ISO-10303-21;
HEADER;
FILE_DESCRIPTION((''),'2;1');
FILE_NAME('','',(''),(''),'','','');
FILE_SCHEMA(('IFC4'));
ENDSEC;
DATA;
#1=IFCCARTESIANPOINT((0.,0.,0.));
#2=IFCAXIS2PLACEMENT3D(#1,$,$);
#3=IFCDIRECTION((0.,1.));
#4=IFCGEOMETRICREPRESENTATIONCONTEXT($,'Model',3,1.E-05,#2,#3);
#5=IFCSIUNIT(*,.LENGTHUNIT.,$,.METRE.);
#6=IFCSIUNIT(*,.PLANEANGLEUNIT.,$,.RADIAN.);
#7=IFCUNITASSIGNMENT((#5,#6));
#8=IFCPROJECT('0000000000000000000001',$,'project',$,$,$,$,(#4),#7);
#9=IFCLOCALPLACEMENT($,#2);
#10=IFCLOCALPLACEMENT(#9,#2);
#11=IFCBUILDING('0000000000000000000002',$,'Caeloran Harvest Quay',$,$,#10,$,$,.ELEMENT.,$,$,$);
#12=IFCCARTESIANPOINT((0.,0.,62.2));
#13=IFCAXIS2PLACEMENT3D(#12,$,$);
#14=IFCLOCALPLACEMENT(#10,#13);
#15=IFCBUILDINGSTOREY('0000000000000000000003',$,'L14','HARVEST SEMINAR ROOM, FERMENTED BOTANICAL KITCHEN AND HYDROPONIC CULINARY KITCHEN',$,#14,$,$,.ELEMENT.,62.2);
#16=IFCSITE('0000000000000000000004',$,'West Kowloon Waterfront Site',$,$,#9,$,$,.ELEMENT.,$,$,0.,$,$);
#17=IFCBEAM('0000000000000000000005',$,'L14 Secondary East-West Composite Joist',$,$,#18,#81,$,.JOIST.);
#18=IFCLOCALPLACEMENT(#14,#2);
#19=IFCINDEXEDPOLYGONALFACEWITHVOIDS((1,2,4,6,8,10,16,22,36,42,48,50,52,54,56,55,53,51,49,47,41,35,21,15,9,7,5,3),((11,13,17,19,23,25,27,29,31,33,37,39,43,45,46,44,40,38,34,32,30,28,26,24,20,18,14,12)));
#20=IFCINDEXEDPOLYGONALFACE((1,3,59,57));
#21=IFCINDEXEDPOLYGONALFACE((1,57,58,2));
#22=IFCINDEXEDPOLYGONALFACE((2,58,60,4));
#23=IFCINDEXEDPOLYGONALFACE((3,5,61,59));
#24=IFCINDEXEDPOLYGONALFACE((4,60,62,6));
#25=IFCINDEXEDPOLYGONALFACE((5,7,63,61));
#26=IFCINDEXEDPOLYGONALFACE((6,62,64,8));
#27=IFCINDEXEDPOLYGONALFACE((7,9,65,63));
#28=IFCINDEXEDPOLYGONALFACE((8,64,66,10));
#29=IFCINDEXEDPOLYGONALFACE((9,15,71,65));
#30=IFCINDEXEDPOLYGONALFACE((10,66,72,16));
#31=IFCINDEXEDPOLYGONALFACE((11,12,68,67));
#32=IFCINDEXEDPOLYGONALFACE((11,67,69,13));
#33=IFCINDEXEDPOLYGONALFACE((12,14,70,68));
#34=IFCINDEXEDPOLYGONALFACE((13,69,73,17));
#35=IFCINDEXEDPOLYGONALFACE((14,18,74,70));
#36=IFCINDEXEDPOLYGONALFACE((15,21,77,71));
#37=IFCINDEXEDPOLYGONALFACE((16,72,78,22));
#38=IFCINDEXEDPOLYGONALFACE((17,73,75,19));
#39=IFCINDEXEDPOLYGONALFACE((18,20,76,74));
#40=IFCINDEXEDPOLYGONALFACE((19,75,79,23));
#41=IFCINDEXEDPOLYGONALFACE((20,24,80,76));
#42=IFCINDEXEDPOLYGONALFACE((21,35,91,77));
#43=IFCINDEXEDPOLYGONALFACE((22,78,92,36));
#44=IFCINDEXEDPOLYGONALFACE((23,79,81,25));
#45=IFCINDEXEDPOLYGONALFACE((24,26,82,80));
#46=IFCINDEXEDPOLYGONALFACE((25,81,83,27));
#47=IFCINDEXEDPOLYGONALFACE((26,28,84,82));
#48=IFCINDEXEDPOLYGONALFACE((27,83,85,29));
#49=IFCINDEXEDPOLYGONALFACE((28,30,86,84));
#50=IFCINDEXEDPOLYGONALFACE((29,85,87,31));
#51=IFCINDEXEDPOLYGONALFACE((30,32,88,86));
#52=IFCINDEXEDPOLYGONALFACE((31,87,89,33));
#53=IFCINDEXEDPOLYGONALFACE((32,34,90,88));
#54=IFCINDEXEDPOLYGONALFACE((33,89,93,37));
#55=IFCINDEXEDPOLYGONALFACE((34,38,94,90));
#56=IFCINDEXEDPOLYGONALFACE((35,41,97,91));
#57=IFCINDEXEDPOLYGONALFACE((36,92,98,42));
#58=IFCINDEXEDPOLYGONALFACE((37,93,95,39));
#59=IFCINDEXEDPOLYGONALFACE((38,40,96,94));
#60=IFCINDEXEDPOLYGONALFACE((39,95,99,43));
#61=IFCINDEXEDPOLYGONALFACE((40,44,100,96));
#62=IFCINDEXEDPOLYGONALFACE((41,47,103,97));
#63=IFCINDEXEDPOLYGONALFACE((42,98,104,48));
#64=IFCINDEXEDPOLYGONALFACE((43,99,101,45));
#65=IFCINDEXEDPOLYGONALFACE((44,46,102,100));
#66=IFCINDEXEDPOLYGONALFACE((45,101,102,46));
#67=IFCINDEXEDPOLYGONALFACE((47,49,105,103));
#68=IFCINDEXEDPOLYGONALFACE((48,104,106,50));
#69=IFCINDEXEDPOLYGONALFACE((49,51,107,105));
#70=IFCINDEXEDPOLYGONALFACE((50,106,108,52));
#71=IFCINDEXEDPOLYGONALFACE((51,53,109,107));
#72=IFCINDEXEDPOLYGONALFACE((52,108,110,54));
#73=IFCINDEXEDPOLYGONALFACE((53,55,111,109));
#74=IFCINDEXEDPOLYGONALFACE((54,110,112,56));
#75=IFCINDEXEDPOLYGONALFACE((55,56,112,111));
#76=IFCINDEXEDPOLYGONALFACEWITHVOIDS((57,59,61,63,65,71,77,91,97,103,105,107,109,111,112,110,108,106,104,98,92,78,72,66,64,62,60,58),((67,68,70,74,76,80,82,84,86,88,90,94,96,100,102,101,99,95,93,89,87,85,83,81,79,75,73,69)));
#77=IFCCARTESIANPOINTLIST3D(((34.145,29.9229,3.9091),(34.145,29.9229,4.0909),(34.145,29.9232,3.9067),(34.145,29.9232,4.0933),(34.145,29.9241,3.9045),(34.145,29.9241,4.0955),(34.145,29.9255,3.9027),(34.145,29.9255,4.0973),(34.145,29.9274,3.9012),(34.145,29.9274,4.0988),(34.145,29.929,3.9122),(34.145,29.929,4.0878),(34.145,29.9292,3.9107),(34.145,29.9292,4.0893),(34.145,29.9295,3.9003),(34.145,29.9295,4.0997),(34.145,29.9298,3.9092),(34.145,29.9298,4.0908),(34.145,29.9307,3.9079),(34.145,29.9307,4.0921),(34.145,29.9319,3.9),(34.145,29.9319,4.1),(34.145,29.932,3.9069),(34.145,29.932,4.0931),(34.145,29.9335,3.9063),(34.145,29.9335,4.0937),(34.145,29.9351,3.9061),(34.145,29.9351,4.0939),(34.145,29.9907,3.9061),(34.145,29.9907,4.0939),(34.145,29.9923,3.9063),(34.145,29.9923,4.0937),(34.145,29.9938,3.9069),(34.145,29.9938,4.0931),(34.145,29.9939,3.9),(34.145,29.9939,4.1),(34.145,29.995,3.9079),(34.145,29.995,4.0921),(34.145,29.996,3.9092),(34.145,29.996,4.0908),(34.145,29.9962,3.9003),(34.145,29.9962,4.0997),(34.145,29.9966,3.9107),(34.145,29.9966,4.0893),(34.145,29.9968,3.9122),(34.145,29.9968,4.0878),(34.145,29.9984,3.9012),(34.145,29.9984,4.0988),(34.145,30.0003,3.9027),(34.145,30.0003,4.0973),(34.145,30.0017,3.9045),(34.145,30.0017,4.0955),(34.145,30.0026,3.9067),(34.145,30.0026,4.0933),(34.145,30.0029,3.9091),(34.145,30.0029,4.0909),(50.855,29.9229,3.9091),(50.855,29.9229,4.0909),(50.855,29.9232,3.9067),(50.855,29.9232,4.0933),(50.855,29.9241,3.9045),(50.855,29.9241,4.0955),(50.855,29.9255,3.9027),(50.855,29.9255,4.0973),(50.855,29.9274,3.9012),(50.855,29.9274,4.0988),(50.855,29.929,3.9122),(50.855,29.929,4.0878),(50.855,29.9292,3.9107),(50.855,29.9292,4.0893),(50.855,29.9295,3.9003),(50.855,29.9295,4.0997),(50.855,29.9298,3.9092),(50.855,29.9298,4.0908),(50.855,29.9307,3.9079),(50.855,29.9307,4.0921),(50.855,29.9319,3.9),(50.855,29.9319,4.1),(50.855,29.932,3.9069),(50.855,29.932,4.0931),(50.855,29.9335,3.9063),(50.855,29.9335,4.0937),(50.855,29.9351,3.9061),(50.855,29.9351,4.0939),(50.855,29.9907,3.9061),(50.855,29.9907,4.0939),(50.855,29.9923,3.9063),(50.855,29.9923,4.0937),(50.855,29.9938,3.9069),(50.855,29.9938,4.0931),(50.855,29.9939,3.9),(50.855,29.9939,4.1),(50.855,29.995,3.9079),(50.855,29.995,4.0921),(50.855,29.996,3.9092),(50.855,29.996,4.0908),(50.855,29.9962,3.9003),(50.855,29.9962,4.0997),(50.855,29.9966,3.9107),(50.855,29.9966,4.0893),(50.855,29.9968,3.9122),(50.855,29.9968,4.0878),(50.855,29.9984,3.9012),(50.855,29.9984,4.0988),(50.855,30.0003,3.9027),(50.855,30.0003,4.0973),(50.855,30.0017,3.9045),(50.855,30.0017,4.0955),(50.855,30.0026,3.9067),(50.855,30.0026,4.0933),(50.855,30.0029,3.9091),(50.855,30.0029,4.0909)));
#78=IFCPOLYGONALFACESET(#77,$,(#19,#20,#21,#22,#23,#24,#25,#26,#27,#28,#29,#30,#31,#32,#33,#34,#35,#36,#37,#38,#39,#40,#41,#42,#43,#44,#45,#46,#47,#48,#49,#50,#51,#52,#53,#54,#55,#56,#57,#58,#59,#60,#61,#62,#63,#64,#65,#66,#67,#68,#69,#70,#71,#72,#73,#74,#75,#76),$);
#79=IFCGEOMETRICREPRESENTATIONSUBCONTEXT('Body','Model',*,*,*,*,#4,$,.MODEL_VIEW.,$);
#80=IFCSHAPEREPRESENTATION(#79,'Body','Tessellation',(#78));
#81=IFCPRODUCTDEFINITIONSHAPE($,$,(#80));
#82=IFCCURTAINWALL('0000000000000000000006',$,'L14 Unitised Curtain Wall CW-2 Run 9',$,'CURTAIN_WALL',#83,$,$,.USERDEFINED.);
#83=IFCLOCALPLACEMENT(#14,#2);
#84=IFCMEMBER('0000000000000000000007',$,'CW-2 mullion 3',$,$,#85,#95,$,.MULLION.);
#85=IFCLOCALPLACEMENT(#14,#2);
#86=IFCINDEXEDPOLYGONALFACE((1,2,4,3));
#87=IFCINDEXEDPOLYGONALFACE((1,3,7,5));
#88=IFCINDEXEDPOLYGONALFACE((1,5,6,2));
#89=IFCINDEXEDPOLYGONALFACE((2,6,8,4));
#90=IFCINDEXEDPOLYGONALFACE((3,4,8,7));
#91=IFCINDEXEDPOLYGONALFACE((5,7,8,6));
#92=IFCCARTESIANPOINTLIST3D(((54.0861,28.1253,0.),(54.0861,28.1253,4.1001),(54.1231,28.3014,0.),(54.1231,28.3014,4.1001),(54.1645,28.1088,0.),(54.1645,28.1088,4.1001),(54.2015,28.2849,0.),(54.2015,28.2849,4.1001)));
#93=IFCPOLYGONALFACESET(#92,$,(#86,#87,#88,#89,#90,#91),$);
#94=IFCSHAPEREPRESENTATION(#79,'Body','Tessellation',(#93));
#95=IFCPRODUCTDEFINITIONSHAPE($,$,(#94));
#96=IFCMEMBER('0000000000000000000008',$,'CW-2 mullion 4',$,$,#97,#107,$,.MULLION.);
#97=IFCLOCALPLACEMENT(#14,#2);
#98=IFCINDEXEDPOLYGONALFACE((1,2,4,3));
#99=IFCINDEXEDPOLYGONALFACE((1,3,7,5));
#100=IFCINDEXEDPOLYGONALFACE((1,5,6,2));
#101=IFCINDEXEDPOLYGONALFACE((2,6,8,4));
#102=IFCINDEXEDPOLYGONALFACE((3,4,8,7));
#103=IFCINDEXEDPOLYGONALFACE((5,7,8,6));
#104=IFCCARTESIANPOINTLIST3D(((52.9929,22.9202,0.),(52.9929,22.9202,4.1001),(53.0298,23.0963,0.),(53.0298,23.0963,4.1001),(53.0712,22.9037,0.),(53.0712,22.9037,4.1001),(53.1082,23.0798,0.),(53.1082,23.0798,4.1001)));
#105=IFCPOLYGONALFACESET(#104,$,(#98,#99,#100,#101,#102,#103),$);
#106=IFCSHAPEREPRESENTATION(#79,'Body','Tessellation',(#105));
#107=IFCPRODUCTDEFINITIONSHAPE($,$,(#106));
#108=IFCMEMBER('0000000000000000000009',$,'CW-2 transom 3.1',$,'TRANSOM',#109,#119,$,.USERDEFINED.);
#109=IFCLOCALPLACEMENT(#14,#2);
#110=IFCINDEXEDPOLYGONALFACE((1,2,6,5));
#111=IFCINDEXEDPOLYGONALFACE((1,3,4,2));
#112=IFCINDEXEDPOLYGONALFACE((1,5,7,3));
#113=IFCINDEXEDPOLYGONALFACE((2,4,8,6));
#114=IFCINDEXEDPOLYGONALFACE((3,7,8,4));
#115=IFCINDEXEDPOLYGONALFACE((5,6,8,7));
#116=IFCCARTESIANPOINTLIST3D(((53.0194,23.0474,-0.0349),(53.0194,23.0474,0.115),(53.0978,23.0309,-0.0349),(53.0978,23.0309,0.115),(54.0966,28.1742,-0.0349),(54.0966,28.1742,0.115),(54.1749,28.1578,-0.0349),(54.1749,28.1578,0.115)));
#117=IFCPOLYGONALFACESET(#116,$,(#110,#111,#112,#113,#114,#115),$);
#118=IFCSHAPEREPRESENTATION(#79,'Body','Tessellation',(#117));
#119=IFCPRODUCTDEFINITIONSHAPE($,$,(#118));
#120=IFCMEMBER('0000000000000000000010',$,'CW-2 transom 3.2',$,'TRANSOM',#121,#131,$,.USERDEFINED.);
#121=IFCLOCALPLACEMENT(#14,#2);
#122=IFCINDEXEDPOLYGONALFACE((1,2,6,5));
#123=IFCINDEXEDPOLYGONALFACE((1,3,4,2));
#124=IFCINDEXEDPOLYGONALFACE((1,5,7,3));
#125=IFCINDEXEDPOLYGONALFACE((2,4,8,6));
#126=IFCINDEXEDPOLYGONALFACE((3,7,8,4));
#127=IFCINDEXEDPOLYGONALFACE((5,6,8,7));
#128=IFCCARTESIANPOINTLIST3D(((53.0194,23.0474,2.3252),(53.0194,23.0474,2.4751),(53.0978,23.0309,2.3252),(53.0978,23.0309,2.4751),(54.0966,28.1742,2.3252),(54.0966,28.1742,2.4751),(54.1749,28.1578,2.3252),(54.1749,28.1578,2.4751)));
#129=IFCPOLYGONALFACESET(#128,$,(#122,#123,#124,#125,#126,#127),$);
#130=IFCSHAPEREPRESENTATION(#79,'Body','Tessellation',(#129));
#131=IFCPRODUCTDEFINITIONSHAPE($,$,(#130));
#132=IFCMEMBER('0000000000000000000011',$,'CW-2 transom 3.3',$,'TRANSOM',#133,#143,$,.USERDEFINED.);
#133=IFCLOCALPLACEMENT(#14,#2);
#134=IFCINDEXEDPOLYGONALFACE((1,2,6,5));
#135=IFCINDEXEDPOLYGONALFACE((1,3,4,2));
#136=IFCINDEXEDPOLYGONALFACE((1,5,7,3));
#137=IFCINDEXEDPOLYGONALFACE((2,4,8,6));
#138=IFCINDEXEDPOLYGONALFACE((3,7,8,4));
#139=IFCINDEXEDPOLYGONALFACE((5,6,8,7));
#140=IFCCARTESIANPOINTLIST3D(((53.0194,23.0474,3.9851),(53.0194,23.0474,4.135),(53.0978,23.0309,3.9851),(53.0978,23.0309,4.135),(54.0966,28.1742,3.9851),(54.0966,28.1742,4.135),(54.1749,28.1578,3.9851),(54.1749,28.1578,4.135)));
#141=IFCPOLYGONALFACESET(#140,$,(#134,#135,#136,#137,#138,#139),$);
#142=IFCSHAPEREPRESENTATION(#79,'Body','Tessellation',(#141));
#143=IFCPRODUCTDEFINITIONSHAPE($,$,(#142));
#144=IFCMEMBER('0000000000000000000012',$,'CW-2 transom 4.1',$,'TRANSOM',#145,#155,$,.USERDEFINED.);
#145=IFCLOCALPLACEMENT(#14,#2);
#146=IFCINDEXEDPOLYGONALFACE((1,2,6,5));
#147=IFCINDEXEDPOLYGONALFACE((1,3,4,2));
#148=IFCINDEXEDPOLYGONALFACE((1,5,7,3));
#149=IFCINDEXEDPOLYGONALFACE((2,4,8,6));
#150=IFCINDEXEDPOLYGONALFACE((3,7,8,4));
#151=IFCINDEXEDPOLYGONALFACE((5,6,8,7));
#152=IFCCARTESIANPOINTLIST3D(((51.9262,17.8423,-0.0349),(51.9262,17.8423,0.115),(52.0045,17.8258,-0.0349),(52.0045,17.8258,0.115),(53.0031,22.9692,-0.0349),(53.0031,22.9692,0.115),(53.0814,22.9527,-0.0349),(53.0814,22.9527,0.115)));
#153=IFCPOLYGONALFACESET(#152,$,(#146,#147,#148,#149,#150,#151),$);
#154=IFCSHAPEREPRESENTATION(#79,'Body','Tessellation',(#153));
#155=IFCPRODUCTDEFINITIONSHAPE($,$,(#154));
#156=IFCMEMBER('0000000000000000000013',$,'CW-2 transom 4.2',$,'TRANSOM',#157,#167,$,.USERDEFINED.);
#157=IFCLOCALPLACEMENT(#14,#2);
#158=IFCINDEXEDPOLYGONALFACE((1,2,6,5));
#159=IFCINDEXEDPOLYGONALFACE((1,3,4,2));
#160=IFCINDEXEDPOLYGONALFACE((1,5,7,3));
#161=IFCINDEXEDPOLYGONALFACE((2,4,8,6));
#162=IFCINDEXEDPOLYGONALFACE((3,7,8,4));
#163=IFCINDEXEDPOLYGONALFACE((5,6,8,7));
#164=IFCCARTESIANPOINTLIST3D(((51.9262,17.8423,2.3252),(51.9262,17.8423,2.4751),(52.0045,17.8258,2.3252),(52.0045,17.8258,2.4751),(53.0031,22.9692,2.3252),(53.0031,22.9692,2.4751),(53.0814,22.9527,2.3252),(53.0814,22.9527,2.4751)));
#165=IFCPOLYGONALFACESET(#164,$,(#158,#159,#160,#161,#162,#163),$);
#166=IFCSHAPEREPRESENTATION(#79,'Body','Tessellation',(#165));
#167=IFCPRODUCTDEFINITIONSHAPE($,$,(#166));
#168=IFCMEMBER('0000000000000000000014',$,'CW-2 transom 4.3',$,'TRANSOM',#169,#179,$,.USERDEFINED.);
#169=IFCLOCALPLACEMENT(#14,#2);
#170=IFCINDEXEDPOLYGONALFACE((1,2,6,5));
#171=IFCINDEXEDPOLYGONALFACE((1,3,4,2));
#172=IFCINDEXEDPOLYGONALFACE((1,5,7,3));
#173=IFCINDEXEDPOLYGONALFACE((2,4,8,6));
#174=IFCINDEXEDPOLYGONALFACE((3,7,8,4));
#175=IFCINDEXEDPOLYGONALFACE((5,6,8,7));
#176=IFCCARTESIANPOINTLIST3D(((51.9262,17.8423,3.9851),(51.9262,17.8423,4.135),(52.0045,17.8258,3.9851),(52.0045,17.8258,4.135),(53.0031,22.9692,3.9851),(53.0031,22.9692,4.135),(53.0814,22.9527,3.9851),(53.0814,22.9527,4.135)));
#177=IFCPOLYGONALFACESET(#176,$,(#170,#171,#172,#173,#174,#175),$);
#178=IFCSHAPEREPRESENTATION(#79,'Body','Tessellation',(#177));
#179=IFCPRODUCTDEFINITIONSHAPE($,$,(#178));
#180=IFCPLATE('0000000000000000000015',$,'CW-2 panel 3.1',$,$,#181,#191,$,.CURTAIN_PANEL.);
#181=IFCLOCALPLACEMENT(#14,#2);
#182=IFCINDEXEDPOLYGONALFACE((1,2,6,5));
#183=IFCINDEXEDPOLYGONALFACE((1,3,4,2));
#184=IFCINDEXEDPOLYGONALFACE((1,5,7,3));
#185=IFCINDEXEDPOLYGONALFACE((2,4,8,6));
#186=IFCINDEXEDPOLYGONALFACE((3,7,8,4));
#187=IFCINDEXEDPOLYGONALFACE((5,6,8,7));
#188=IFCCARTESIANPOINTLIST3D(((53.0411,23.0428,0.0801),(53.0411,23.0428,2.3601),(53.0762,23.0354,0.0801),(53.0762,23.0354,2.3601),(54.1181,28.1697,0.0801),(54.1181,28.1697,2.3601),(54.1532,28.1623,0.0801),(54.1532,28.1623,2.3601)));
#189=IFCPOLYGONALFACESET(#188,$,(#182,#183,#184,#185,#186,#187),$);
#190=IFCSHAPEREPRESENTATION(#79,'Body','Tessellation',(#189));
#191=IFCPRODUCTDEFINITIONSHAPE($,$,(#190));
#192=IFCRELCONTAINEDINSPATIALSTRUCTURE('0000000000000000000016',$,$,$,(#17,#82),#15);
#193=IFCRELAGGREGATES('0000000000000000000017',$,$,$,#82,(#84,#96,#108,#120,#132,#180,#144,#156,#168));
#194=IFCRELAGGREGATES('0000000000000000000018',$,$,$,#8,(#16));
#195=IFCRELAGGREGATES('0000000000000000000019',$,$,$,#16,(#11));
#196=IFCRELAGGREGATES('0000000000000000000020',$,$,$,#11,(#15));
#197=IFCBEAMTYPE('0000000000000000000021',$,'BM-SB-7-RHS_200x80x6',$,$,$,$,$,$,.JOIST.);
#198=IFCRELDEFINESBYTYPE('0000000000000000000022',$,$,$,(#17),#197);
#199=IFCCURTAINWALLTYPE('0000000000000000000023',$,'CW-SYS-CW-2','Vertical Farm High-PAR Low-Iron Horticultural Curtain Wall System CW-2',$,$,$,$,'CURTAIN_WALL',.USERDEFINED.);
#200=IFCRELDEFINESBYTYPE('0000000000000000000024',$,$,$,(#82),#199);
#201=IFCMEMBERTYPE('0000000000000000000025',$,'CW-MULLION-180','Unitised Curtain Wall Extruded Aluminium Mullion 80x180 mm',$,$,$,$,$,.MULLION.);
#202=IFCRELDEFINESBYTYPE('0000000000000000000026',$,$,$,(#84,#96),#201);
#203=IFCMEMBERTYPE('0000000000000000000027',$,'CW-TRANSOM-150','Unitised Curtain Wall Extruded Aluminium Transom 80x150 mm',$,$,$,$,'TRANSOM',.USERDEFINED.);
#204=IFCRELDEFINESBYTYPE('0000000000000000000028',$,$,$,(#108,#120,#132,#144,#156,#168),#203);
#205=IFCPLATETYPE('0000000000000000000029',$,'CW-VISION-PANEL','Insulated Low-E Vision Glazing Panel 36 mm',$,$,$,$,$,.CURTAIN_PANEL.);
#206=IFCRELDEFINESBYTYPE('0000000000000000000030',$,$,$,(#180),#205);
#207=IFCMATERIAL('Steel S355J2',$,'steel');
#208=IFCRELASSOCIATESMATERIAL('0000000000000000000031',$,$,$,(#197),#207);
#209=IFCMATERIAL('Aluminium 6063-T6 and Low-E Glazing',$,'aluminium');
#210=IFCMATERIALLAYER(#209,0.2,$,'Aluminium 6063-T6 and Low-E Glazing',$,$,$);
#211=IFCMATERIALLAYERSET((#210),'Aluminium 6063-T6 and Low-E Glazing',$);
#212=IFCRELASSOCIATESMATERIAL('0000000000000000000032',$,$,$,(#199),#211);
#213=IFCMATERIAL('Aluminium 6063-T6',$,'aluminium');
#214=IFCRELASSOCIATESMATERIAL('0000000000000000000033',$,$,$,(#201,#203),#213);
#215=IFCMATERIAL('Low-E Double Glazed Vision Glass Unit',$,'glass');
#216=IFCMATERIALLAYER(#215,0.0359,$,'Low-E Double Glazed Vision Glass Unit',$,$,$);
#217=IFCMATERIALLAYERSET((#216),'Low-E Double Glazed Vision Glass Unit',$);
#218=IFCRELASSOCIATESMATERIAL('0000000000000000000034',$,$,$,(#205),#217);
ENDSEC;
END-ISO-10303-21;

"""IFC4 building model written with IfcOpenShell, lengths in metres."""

from ifc_helpers import new_model, si_unit, direction, frame, origin, origin_2d, place, context, subcontext, project, spatial, rectangle, hollow_rectangle, extrude, material, layer, layer_set, material_profile, profile_set, type_object, element, aggregate, save


model = new_model("IFC4")

# Units and contexts
model_context = context("Model", 3, precision=1e-05, world=origin(), true_north=direction((0.0, 1.0)))
body_context = subcontext(model_context, "Body", "Model", "MODEL_VIEW")
ifc_project = project(units=[si_unit("LENGTHUNIT", "METRE"), si_unit("PLANEANGLEUNIT", "RADIAN")], contexts=[model_context])

# Site, building, storey
site_placement = place(None, origin())
site = spatial("IfcSite", under=ifc_project, at=site_placement, Name="West Kowloon Waterfront Site", CompositionType="ELEMENT", RefElevation=0.0)
building_placement = place(site_placement, origin())
building = spatial("IfcBuilding", under=site, at=building_placement, Name="Caeloran Harvest Quay", CompositionType="ELEMENT")
storey_placement = place(building_placement, frame((0.0, 0.0, 62.2)))
storey = spatial("IfcBuildingStorey", under=building, at=storey_placement, Name="L14", Description="HARVEST SEMINAR ROOM, FERMENTED BOTANICAL KITCHEN AND HYDROPONIC CULINARY KITCHEN", CompositionType="ELEMENT", Elevation=62.2)

# Beam
ifc_material_1 = material(Name="Steel S355J2", Category="steel")
ifc_material_profile_1 = material_profile(ifc_material_1, hollow_rectangle(XDim=0.0801, YDim=0.2, WallThickness=0.0061, InnerFilletRadius=0.0061, OuterFilletRadius=0.009, at=origin_2d()), Name="RHS 200x80x6")
ifc_profile_set_1 = profile_set([ifc_material_profile_1], Name="Steel S355J2")
beam_type_1 = type_object("IfcBeamType", Name="BM-SB-7-RHS_200x80x6", PredefinedType="JOIST", material=ifc_profile_set_1)
for number, where, z_axis, x_axis, name in (
    (1, (34.145, 29.9629, 4.0), (1.0, 0.0, 0.0), (0.0, 1.0, 0.0), "L14 Secondary East-West Composite Joist"),
):
    element("IfcBeam", number, at=place(storey_placement, frame(where, z_axis=z_axis, x_axis=x_axis)), inside=storey, type_object=beam_type_1, Name=name, PredefinedType="JOIST", context=body_context, shape_type="SweptSolid", body=[
        extrude(hollow_rectangle(XDim=0.0801, YDim=0.2, WallThickness=0.0061, InnerFilletRadius=0.0061, OuterFilletRadius=0.009, at=origin_2d()), origin(), (0.0, 0.0, 1.0), 16.71),
    ])

# Curtain wall, members, plate
ifc_material_2 = material(Name="Aluminium 6063-T6 and Low-E Glazing", Category="aluminium")
ifc_layer_1 = layer(ifc_material_2, 0.2, Name="Aluminium 6063-T6 and Low-E Glazing")
ifc_layer_set_1 = layer_set([ifc_layer_1], Name="Aluminium 6063-T6 and Low-E Glazing")
curtain_wall_type = type_object("IfcCurtainWallType", Name="CW-SYS-CW-2", Description="Vertical Farm High-PAR Low-Iron Horticultural Curtain Wall System CW-2", ElementType="CURTAIN_WALL", PredefinedType="USERDEFINED", material=ifc_layer_set_1)
curtain_wall_placement = place(storey_placement, origin())
curtain_wall = element("IfcCurtainWall", 2, at=curtain_wall_placement, inside=storey, type_object=curtain_wall_type, Name="L14 Unitised Curtain Wall CW-2 Run 9", ObjectType="CURTAIN_WALL", PredefinedType="USERDEFINED")
ifc_material_3 = material(Name="Aluminium 6063-T6", Category="aluminium")
ifc_material_profile_2 = material_profile(ifc_material_3, rectangle(XDim=0.0801, YDim=0.1799, at=origin_2d()), Name="CW-MULLION-180")
ifc_profile_set_2 = profile_set([ifc_material_profile_2], Name="Aluminium 6063-T6")
member_type_1 = type_object("IfcMemberType", Name="CW-MULLION-180", Description="Unitised Curtain Wall Extruded Aluminium Mullion 80x180 mm", PredefinedType="MULLION", material=ifc_profile_set_2)
member_1_placement = place(storey_placement, frame((54.1438, 28.2051, 0.0), z_axis=(0.0, 0.0, 1.0), x_axis=(0.97864, -0.205583, 0.0)))
member_1 = element("IfcMember", 3, at=member_1_placement, type_object=member_type_1, Name="CW-2 mullion 3", PredefinedType="MULLION", context=body_context, shape_type="SweptSolid", body=[
    extrude(rectangle(XDim=0.0801, YDim=0.1799, at=origin_2d()), origin(), (0.0, 0.0, 1.0), 4.1001),
])
member_2_placement = place(storey_placement, frame((53.0505, 23.0, 0.0), z_axis=(0.0, 0.0, 1.0), x_axis=(0.97864, -0.205583, 0.0)))
member_2 = element("IfcMember", 4, at=member_2_placement, type_object=member_type_1, Name="CW-2 mullion 4", PredefinedType="MULLION", context=body_context, shape_type="SweptSolid", body=[
    extrude(rectangle(XDim=0.0801, YDim=0.1799, at=origin_2d()), origin(), (0.0, 0.0, 1.0), 4.1001),
])
ifc_material_profile_3 = material_profile(ifc_material_3, rectangle(XDim=0.0801, YDim=0.1499, at=origin_2d()), Name="CW-TRANSOM-150")
ifc_profile_set_3 = profile_set([ifc_material_profile_3], Name="Aluminium 6063-T6")
member_type_2 = type_object("IfcMemberType", Name="CW-TRANSOM-150", Description="Unitised Curtain Wall Extruded Aluminium Transom 80x150 mm", ElementType="TRANSOM", PredefinedType="USERDEFINED", material=ifc_profile_set_3)
member_3_placement = place(storey_placement, frame((54.1357, 28.166, 0.04), z_axis=(-0.205607, -0.978635, 0.0), x_axis=(0.978635, -0.205607, 0.0)))
member_3 = element("IfcMember", 5, at=member_3_placement, type_object=member_type_2, Name="CW-2 transom 3.1", ObjectType="TRANSOM", PredefinedType="USERDEFINED", context=body_context, shape_type="SweptSolid", body=[
    extrude(rectangle(XDim=0.0801, YDim=0.1499, at=origin_2d()), origin(), (0.0, 0.0, 1.0), 5.2388),
])
member_4_placement = place(storey_placement, frame((54.1357, 28.166, 2.4001), z_axis=(-0.205607, -0.978635, 0.0), x_axis=(0.978635, -0.205607, 0.0)))
member_4 = element("IfcMember", 6, at=member_4_placement, type_object=member_type_2, Name="CW-2 transom 3.2", ObjectType="TRANSOM", PredefinedType="USERDEFINED", context=body_context, shape_type="SweptSolid", body=[
    extrude(rectangle(XDim=0.0801, YDim=0.1499, at=origin_2d()), origin(), (0.0, 0.0, 1.0), 5.2388),
])
member_5_placement = place(storey_placement, frame((54.1357, 28.166, 4.0601), z_axis=(-0.205607, -0.978635, 0.0), x_axis=(0.978635, -0.205607, 0.0)))
member_5 = element("IfcMember", 7, at=member_5_placement, type_object=member_type_2, Name="CW-2 transom 3.3", ObjectType="TRANSOM", PredefinedType="USERDEFINED", context=body_context, shape_type="SweptSolid", body=[
    extrude(rectangle(XDim=0.0801, YDim=0.1499, at=origin_2d()), origin(), (0.0, 0.0, 1.0), 5.2388),
])
member_6_placement = place(storey_placement, frame((53.0422, 22.9609, 0.04), z_axis=(-0.205562, -0.978644, 0.0), x_axis=(0.978644, -0.205562, 0.0)))
member_6 = element("IfcMember", 8, at=member_6_placement, type_object=member_type_2, Name="CW-2 transom 4.1", ObjectType="TRANSOM", PredefinedType="USERDEFINED", context=body_context, shape_type="SweptSolid", body=[
    extrude(rectangle(XDim=0.0801, YDim=0.1499, at=origin_2d()), origin(), (0.0, 0.0, 1.0), 5.2388),
])
member_7_placement = place(storey_placement, frame((53.0422, 22.9609, 2.4001), z_axis=(-0.205562, -0.978644, 0.0), x_axis=(0.978644, -0.205562, 0.0)))
member_7 = element("IfcMember", 9, at=member_7_placement, type_object=member_type_2, Name="CW-2 transom 4.2", ObjectType="TRANSOM", PredefinedType="USERDEFINED", context=body_context, shape_type="SweptSolid", body=[
    extrude(rectangle(XDim=0.0801, YDim=0.1499, at=origin_2d()), origin(), (0.0, 0.0, 1.0), 5.2388),
])
member_8_placement = place(storey_placement, frame((53.0422, 22.9609, 4.0601), z_axis=(-0.205562, -0.978644, 0.0), x_axis=(0.978644, -0.205562, 0.0)))
member_8 = element("IfcMember", 10, at=member_8_placement, type_object=member_type_2, Name="CW-2 transom 4.3", ObjectType="TRANSOM", PredefinedType="USERDEFINED", context=body_context, shape_type="SweptSolid", body=[
    extrude(rectangle(XDim=0.0801, YDim=0.1499, at=origin_2d()), origin(), (0.0, 0.0, 1.0), 5.2388),
])
ifc_material_4 = material(Name="Low-E Double Glazed Vision Glass Unit", Category="glass")
ifc_layer_2 = layer(ifc_material_4, 0.0359, Name="Low-E Double Glazed Vision Glass Unit")
ifc_layer_set_2 = layer_set([ifc_layer_2], Name="Low-E Double Glazed Vision Glass Unit")
plate_type = type_object("IfcPlateType", Name="CW-VISION-PANEL", Description="Insulated Low-E Vision Glazing Panel 36 mm", PredefinedType="CURTAIN_PANEL", material=ifc_layer_set_2)
plate_1_placement = place(storey_placement, frame((53.5972, 25.6025, 0.0801), z_axis=(0.0, 0.0, 1.0), x_axis=(-0.205583, -0.97864, 0.0)))
plate_1 = element("IfcPlate", 11, at=plate_1_placement, type_object=plate_type, Name="CW-2 panel 3.1", PredefinedType="CURTAIN_PANEL", context=body_context, shape_type="SweptSolid", body=[
    extrude(rectangle(XDim=5.2388, YDim=0.0359, at=origin_2d()), origin(), (0.0, 0.0, 1.0), 2.28),
])
aggregate(curtain_wall, [member_1, member_2, member_3, member_4, member_5, plate_1, member_6, member_7, member_8])

save(model, "model.ifc")
